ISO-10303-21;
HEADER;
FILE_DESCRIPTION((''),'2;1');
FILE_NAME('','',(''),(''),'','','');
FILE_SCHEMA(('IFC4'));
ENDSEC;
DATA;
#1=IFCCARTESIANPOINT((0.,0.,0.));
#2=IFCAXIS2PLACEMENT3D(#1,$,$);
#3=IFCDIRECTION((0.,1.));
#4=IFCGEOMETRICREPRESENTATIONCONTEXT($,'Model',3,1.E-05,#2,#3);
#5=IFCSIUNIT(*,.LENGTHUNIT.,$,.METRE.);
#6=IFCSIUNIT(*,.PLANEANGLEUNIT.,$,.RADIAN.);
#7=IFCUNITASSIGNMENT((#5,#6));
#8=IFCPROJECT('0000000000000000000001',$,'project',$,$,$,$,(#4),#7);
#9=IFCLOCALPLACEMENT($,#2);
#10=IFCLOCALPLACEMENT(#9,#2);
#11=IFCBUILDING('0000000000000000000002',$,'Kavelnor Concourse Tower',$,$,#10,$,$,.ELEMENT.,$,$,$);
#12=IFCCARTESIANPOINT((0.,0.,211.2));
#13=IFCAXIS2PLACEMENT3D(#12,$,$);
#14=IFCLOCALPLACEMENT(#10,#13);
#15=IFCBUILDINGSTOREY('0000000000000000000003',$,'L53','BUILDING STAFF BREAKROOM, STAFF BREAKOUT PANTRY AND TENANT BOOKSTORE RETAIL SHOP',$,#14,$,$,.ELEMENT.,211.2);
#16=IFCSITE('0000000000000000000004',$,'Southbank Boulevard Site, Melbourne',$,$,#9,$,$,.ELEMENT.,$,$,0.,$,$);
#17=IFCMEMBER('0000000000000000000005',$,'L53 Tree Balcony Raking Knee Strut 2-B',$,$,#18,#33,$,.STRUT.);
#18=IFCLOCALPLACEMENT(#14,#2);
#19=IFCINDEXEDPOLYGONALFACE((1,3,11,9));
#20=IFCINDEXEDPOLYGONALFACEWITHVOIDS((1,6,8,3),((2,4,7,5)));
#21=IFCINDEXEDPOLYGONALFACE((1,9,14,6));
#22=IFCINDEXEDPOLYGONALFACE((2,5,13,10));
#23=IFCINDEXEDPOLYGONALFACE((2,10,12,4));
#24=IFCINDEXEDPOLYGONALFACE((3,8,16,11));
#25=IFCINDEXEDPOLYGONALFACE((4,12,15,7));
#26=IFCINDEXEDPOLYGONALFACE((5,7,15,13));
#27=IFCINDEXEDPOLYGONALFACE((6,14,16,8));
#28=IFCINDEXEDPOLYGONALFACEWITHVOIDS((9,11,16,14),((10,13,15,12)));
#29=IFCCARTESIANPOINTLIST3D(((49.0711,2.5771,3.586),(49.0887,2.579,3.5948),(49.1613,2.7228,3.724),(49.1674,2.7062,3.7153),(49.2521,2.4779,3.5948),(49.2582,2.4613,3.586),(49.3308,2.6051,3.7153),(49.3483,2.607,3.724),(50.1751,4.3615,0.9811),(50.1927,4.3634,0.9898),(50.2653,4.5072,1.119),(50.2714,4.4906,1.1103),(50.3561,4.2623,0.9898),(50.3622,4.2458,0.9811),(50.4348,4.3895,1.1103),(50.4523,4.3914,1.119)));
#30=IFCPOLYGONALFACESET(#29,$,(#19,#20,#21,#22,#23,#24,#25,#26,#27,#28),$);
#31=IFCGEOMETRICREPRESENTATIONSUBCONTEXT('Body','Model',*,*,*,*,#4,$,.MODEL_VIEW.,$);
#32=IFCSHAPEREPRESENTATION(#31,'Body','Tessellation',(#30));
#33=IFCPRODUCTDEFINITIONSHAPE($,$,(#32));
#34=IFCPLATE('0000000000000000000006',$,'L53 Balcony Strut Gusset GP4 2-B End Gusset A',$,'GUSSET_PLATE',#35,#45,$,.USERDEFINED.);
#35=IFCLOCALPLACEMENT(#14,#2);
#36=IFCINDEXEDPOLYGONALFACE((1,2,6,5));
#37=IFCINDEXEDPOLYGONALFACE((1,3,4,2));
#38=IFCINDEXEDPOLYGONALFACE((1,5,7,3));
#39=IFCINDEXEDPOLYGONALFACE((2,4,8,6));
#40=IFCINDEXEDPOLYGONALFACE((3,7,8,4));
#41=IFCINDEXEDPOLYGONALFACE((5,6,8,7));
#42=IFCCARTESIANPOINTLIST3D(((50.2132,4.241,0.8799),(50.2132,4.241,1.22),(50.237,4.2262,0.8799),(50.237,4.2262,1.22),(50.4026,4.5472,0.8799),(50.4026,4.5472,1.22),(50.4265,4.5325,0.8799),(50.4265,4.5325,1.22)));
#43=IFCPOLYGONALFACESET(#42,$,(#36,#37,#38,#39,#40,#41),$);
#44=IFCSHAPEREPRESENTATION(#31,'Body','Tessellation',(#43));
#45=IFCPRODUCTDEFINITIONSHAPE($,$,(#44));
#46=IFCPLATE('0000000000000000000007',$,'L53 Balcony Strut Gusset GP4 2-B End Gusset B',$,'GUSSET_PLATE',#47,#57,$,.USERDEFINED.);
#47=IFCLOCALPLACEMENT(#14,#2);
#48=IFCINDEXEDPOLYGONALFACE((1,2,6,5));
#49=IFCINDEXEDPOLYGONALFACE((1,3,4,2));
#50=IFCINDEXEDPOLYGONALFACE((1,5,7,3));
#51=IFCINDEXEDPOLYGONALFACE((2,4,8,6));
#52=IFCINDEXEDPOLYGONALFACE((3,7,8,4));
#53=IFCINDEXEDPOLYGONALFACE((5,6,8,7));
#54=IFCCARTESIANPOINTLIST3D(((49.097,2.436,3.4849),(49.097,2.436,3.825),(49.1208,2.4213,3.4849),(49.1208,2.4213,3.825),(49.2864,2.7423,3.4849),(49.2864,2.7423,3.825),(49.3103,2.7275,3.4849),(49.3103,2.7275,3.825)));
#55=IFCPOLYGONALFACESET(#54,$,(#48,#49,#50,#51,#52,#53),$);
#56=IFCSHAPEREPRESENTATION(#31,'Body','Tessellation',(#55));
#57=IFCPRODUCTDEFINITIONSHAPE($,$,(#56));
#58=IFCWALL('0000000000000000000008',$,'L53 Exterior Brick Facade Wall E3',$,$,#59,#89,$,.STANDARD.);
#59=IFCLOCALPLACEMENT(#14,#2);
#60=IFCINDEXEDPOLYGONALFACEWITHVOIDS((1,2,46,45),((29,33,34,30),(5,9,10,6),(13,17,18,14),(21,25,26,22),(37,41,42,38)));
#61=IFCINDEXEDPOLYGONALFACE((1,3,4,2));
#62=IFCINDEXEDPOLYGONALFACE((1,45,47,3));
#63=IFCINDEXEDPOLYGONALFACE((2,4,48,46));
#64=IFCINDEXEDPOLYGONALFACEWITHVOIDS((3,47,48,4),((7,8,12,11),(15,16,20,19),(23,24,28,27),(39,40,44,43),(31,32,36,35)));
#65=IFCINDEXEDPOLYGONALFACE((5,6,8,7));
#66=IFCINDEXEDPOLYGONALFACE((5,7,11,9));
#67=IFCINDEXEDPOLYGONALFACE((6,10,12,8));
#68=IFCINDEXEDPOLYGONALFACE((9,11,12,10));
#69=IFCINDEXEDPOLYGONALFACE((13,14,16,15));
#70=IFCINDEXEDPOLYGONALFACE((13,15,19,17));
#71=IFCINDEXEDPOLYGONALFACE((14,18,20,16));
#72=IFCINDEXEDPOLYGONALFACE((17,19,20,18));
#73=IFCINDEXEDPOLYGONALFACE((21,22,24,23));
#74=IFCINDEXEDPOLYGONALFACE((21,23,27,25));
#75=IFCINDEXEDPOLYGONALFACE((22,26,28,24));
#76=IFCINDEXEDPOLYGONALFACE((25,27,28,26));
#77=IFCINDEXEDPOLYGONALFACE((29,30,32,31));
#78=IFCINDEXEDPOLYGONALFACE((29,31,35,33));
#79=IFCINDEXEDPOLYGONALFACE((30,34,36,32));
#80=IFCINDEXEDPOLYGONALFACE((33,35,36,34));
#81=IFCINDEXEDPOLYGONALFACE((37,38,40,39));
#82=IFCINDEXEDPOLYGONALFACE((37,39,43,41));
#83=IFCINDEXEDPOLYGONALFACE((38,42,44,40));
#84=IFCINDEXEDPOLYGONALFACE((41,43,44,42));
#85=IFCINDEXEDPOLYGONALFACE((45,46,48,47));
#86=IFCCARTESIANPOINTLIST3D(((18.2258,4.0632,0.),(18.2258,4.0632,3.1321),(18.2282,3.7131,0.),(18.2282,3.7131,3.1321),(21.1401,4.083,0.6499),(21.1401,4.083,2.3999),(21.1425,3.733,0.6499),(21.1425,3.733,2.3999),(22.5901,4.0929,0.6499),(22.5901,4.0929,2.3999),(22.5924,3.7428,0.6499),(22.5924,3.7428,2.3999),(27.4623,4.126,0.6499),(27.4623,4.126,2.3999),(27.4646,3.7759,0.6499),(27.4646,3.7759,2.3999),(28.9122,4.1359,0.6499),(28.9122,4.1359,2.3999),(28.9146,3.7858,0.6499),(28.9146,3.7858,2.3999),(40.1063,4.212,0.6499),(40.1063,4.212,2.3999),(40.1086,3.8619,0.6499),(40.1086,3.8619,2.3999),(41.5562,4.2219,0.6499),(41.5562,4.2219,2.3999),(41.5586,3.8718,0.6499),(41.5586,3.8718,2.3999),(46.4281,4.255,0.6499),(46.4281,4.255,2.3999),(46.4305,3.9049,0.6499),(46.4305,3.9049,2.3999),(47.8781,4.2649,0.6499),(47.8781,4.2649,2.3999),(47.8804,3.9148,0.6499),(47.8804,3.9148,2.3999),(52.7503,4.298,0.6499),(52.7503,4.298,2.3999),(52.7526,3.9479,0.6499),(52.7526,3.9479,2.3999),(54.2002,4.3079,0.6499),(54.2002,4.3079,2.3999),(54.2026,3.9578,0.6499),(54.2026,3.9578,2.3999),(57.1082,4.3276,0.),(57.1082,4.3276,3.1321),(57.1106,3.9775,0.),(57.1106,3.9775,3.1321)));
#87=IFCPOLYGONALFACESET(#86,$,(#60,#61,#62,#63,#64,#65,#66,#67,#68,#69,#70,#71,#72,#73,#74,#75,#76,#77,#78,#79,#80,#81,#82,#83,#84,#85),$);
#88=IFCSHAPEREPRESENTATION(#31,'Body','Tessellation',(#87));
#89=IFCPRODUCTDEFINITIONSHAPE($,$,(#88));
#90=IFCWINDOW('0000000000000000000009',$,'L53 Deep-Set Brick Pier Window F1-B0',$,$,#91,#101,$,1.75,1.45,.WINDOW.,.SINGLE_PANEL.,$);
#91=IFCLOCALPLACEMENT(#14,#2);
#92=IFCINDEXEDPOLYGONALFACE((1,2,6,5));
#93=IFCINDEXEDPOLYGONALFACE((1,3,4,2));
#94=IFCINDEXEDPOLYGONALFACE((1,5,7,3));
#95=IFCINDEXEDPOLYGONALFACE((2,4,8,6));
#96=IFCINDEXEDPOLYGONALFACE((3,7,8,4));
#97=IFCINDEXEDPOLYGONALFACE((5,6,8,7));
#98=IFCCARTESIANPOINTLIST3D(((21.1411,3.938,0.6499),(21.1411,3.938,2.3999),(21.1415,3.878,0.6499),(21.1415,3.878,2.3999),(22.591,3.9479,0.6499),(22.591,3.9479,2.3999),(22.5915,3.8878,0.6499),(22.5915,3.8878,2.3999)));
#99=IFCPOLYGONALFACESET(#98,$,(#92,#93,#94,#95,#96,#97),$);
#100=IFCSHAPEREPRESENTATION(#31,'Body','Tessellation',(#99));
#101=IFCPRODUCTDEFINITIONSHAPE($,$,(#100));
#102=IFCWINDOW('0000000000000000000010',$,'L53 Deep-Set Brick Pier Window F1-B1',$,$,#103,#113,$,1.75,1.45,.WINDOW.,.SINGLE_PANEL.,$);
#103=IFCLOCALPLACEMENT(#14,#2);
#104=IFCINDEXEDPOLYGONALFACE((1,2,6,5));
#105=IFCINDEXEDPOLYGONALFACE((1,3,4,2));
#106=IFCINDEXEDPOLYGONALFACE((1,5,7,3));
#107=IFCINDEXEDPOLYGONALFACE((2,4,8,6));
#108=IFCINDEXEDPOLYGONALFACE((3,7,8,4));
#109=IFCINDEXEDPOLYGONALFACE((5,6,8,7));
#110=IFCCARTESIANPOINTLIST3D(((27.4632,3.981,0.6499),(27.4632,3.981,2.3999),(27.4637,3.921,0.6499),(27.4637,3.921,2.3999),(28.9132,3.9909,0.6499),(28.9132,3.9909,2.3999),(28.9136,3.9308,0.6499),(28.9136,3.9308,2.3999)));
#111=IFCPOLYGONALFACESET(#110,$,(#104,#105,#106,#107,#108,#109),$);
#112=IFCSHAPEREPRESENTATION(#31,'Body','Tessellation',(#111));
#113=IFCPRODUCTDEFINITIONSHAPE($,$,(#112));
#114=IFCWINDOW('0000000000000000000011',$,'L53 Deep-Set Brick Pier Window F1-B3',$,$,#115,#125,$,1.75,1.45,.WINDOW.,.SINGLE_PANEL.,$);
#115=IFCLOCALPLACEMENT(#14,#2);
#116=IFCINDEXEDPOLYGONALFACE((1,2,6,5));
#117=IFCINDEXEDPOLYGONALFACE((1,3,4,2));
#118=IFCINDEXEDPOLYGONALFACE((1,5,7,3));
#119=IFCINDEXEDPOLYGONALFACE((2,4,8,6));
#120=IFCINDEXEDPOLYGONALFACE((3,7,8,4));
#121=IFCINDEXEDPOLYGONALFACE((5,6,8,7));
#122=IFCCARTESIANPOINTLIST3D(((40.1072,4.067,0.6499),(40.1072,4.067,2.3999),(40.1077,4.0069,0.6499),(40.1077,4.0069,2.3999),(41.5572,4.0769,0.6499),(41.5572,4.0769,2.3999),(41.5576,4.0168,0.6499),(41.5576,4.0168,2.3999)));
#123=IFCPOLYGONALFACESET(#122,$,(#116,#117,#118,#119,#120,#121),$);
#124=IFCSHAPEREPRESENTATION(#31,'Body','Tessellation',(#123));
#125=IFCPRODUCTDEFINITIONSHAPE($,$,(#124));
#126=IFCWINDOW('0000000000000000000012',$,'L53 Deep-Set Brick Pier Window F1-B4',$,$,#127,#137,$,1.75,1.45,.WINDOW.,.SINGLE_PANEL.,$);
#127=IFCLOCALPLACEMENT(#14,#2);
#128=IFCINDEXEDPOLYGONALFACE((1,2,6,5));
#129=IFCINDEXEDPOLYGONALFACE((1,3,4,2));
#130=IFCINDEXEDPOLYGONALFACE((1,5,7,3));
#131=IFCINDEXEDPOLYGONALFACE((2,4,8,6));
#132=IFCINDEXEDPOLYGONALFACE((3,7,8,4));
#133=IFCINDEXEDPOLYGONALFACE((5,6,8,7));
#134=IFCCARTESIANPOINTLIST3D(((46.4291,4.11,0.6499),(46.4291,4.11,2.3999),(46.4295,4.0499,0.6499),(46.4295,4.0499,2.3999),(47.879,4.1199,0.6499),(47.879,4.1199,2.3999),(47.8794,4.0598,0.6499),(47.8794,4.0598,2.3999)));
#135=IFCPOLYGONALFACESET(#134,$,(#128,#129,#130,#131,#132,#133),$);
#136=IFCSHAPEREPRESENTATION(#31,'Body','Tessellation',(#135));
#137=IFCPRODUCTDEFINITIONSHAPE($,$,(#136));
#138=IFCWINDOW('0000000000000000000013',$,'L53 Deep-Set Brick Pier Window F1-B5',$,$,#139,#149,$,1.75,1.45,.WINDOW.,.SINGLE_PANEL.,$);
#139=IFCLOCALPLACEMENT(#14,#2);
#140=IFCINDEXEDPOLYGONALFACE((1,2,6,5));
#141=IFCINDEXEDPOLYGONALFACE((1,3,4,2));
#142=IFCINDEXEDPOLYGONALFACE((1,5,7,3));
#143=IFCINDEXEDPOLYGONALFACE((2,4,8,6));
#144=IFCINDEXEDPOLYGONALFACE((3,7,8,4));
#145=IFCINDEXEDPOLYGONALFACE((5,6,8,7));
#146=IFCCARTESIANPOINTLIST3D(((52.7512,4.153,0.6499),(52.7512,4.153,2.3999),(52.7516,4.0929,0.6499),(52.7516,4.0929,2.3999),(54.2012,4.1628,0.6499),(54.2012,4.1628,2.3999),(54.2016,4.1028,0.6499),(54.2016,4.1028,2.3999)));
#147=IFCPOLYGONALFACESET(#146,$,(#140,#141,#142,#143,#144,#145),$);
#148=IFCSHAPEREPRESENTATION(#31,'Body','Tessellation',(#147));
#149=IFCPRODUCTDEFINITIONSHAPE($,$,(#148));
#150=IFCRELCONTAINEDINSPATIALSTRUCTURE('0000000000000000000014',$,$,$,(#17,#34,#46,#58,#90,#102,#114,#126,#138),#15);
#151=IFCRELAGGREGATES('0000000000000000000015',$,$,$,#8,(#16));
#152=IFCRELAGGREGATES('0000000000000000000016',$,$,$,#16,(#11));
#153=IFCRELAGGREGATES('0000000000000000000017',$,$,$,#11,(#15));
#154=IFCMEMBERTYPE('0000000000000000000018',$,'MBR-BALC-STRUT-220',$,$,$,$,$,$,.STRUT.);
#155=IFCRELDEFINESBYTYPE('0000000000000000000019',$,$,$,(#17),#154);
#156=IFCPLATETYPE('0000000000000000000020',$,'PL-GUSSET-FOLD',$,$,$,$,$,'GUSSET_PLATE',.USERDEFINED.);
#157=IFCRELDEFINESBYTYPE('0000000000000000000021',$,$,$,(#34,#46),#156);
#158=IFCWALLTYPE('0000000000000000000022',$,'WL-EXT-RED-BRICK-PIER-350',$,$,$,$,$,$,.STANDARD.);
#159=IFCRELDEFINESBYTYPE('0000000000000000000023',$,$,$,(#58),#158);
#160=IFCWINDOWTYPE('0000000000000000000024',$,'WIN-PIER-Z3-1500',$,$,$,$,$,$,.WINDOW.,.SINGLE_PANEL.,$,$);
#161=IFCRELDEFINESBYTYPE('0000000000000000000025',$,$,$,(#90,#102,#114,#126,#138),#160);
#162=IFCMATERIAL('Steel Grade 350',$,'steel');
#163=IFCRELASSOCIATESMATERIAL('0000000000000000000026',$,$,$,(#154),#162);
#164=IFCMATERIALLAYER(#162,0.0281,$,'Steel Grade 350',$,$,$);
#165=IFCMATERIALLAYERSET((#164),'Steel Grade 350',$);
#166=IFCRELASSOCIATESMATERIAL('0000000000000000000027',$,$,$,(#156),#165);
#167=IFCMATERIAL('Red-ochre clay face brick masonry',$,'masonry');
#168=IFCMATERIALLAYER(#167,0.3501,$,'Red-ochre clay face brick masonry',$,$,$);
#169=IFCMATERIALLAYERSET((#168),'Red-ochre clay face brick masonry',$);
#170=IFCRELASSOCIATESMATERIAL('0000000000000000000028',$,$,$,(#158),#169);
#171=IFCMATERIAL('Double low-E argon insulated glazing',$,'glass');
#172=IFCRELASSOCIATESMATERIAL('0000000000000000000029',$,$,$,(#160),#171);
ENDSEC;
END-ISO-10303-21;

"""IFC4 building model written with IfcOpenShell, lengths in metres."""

from ifc_helpers import new_model, si_unit, direction, frame, frame_2d, origin, origin_2d, place, context, subcontext, project, spatial, rectangle, hollow_rectangle, extrude, material, layer, layer_set, material_profile, profile_set, type_object, element, fill, save


model = new_model("IFC4")

# Units and contexts
model_context = context("Model", 3, precision=1e-05, world=origin(), true_north=direction((0.0, 1.0)))
body_context = subcontext(model_context, "Body", "Model", "MODEL_VIEW")
ifc_project = project(units=[si_unit("LENGTHUNIT", "METRE"), si_unit("PLANEANGLEUNIT", "RADIAN")], contexts=[model_context])

# Site, building, storey
site_placement = place(None, origin())
site = spatial("IfcSite", under=ifc_project, at=site_placement, Name="Southbank Boulevard Site, Melbourne", CompositionType="ELEMENT", RefElevation=0.0)
building_placement = place(site_placement, origin())
building = spatial("IfcBuilding", under=site, at=building_placement, Name="Kavelnor Concourse Tower", CompositionType="ELEMENT")
storey_placement = place(building_placement, frame((0.0, 0.0, 211.2)))
storey = spatial("IfcBuildingStorey", under=building, at=storey_placement, Name="L53", Description="BUILDING STAFF BREAKROOM, STAFF BREAKOUT PANTRY AND TENANT BOOKSTORE RETAIL SHOP", CompositionType="ELEMENT", Elevation=211.2)

# Shared definitions
ifc_material_1 = material(Name="Steel Grade 350", Category="steel")

# Member
ifc_material_profile_1 = material_profile(ifc_material_1, hollow_rectangle(XDim=0.22, YDim=0.22, WallThickness=0.0139, at=origin_2d()), Name="SHS 220x220x14")
ifc_profile_set_1 = profile_set([ifc_material_profile_1], Name="Steel Grade 350")
member_type = type_object("IfcMemberType", Name="MBR-BALC-STRUT-220", PredefinedType="STRUT", material=ifc_profile_set_1)
member_placement = place(storey_placement, frame((50.3137, 4.3765, 1.05), z_axis=(-0.330048, -0.533463, 0.778772), x_axis=(0.850401, -0.526134, 0.0)))
element("IfcMember", 1, at=member_placement, inside=storey, type_object=member_type, Name="L53 Tree Balcony Raking Knee Strut 2-B", PredefinedType="STRUT", context=body_context, shape_type="SweptSolid", body=[
    extrude(hollow_rectangle(XDim=0.22, YDim=0.22, WallThickness=0.0139, at=origin_2d()), origin(), (0.0, 0.0, 1.0), 3.345),
])

# Plates
ifc_layer_1 = layer(ifc_material_1, 0.0281, Name="Steel Grade 350")
ifc_layer_set_1 = layer_set([ifc_layer_1], Name="Steel Grade 350")
plate_type = type_object("IfcPlateType", Name="PL-GUSSET-FOLD", ElementType="GUSSET_PLATE", PredefinedType="USERDEFINED", material=ifc_layer_set_1)
for number, where, z_axis, x_axis, name in (
    (2, (50.3198, 4.3867, 0.8799), (0.0, 0.0, 1.0), (-0.526066, -0.850444, 0.0), "L53 Balcony Strut Gusset GP4 2-B End Gusset A"),
    (3, (49.2036, 2.5818, 3.4849), (0.0, 0.0, 1.0), (-0.526066, -0.850444, 0.0), "L53 Balcony Strut Gusset GP4 2-B End Gusset B"),
):
    element("IfcPlate", number, at=place(storey_placement, frame(where, z_axis=z_axis, x_axis=x_axis)), inside=storey, type_object=plate_type, Name=name, ObjectType="GUSSET_PLATE", PredefinedType="USERDEFINED", context=body_context, shape_type="SweptSolid", body=[
        extrude(rectangle(XDim=0.3601, YDim=0.0281, at=origin_2d()), origin(), (0.0, 0.0, 1.0), 0.3401),
    ])

# Wall, openings, windows
ifc_material_2 = material(Name="Red-ochre clay face brick masonry", Category="masonry")
ifc_layer_2 = layer(ifc_material_2, 0.3501, Name="Red-ochre clay face brick masonry")
ifc_layer_set_2 = layer_set([ifc_layer_2], Name="Red-ochre clay face brick masonry")
wall_type_1 = type_object("IfcWallType", Name="WL-EXT-RED-BRICK-PIER-350", PredefinedType="STANDARD", material=ifc_layer_set_2)
wall_1_placement = place(storey_placement, frame((57.1094, 4.1526, 0.0), z_axis=(0.0, 0.0, 1.0), x_axis=(-0.999977, -0.0068, 0.0)))
wall_1 = element("IfcWall", 4, at=wall_1_placement, inside=storey, type_object=wall_type_1, Name="L53 Exterior Brick Facade Wall E3", PredefinedType="STANDARD", context=body_context, shape_type="SweptSolid", body=[
    extrude(rectangle(XDim=38.8833, YDim=0.3501, at=frame_2d((19.4417, 0.0))), origin(), (0.0, 0.0, 1.0), 3.1321),
])
opening_1_placement = place(wall_1_placement, frame((34.5188, 0.0, 0.6499)))
opening_1 = element("IfcOpeningElement", 5, at=opening_1_placement, cuts=wall_1, PredefinedType="OPENING", context=body_context, shape_type="SweptSolid", body=[
    extrude(rectangle(XDim=1.45, YDim=1.75, at=frame_2d((0.7251, 0.875))), frame((0.0, 0.1851, 0.0), z_axis=(0.0, -1.0, 0.0), x_axis=(1.0, 0.0, 0.0)), (0.0, 0.0, 1.0), 0.3701),
])
opening_2_placement = place(wall_1_placement, frame((28.1965, 0.0, 0.6499)))
opening_2 = element("IfcOpeningElement", 6, at=opening_2_placement, cuts=wall_1, PredefinedType="OPENING", context=body_context, shape_type="SweptSolid", body=[
    extrude(rectangle(XDim=1.45, YDim=1.75, at=frame_2d((0.7251, 0.875))), frame((0.0, 0.1851, 0.0), z_axis=(0.0, -1.0, 0.0), x_axis=(1.0, 0.0, 0.0)), (0.0, 0.0, 1.0), 0.3701),
])
opening_3_placement = place(wall_1_placement, frame((15.5522, 0.0, 0.6499)))
opening_3 = element("IfcOpeningElement", 7, at=opening_3_placement, cuts=wall_1, PredefinedType="OPENING", context=body_context, shape_type="SweptSolid", body=[
    extrude(rectangle(XDim=1.45, YDim=1.75, at=frame_2d((0.7251, 0.875))), frame((0.0, 0.1851, 0.0), z_axis=(0.0, -1.0, 0.0), x_axis=(1.0, 0.0, 0.0)), (0.0, 0.0, 1.0), 0.3701),
])
opening_4_placement = place(wall_1_placement, frame((9.2302, 0.0, 0.6499)))
opening_4 = element("IfcOpeningElement", 8, at=opening_4_placement, cuts=wall_1, PredefinedType="OPENING", context=body_context, shape_type="SweptSolid", body=[
    extrude(rectangle(XDim=1.45, YDim=1.75, at=frame_2d((0.7251, 0.875))), frame((0.0, 0.1851, 0.0), z_axis=(0.0, -1.0, 0.0), x_axis=(1.0, 0.0, 0.0)), (0.0, 0.0, 1.0), 0.3701),
])
opening_5_placement = place(wall_1_placement, frame((2.908, 0.0, 0.6499)))
opening_5 = element("IfcOpeningElement", 9, at=opening_5_placement, cuts=wall_1, PredefinedType="OPENING", context=body_context, shape_type="SweptSolid", body=[
    extrude(rectangle(XDim=1.45, YDim=1.75, at=frame_2d((0.7251, 0.875))), frame((0.0, 0.1851, 0.0), z_axis=(0.0, -1.0, 0.0), x_axis=(1.0, 0.0, 0.0)), (0.0, 0.0, 1.0), 0.3701),
])
ifc_material_3 = material(Name="Double low-E argon insulated glazing", Category="glass")
window_type = type_object("IfcWindowType", Name="WIN-PIER-Z3-1500", PartitioningType="SINGLE_PANEL", PredefinedType="WINDOW", material=ifc_material_3)
window_1_placement = place(opening_1_placement, origin())
window_1 = element("IfcWindow", 10, at=window_1_placement, inside=storey, type_object=window_type, Name="L53 Deep-Set Brick Pier Window F1-B0", OverallHeight=1.75, OverallWidth=1.45, PartitioningType="SINGLE_PANEL", PredefinedType="WINDOW", context=body_context, shape_type="SweptSolid", body=[
    extrude(rectangle(XDim=1.45, YDim=1.75, at=frame_2d((0.7251, 0.875))), frame((0.0, 0.03, 0.0), z_axis=(0.0, -1.0, 0.0), x_axis=(1.0, 0.0, 0.0)), (0.0, 0.0, 1.0), 0.0601),
])
fill(opening_1, window_1)
window_2_placement = place(opening_2_placement, origin())
window_2 = element("IfcWindow", 11, at=window_2_placement, inside=storey, type_object=window_type, Name="L53 Deep-Set Brick Pier Window F1-B1", OverallHeight=1.75, OverallWidth=1.45, PartitioningType="SINGLE_PANEL", PredefinedType="WINDOW", context=body_context, shape_type="SweptSolid", body=[
    extrude(rectangle(XDim=1.45, YDim=1.75, at=frame_2d((0.7251, 0.875))), frame((0.0, 0.03, 0.0), z_axis=(0.0, -1.0, 0.0), x_axis=(1.0, 0.0, 0.0)), (0.0, 0.0, 1.0), 0.0601),
])
fill(opening_2, window_2)
window_3_placement = place(opening_3_placement, origin())
window_3 = element("IfcWindow", 12, at=window_3_placement, inside=storey, type_object=window_type, Name="L53 Deep-Set Brick Pier Window F1-B3", OverallHeight=1.75, OverallWidth=1.45, PartitioningType="SINGLE_PANEL", PredefinedType="WINDOW", context=body_context, shape_type="SweptSolid", body=[
    extrude(rectangle(XDim=1.45, YDim=1.75, at=frame_2d((0.7251, 0.875))), frame((0.0, 0.03, 0.0), z_axis=(0.0, -1.0, 0.0), x_axis=(1.0, 0.0, 0.0)), (0.0, 0.0, 1.0), 0.0601),
])
fill(opening_3, window_3)
window_4_placement = place(opening_4_placement, origin())
window_4 = element("IfcWindow", 13, at=window_4_placement, inside=storey, type_object=window_type, Name="L53 Deep-Set Brick Pier Window F1-B4", OverallHeight=1.75, OverallWidth=1.45, PartitioningType="SINGLE_PANEL", PredefinedType="WINDOW", context=body_context, shape_type="SweptSolid", body=[
    extrude(rectangle(XDim=1.45, YDim=1.75, at=frame_2d((0.7251, 0.875))), frame((0.0, 0.03, 0.0), z_axis=(0.0, -1.0, 0.0), x_axis=(1.0, 0.0, 0.0)), (0.0, 0.0, 1.0), 0.0601),
])
fill(opening_4, window_4)
window_5_placement = place(opening_5_placement, origin())
window_5 = element("IfcWindow", 14, at=window_5_placement, inside=storey, type_object=window_type, Name="L53 Deep-Set Brick Pier Window F1-B5", OverallHeight=1.75, OverallWidth=1.45, PartitioningType="SINGLE_PANEL", PredefinedType="WINDOW", context=body_context, shape_type="SweptSolid", body=[
    extrude(rectangle(XDim=1.45, YDim=1.75, at=frame_2d((0.7251, 0.875))), frame((0.0, 0.03, 0.0), z_axis=(0.0, -1.0, 0.0), x_axis=(1.0, 0.0, 0.0)), (0.0, 0.0, 1.0), 0.0601),
])
fill(opening_5, window_5)

save(model, "model.ifc")
